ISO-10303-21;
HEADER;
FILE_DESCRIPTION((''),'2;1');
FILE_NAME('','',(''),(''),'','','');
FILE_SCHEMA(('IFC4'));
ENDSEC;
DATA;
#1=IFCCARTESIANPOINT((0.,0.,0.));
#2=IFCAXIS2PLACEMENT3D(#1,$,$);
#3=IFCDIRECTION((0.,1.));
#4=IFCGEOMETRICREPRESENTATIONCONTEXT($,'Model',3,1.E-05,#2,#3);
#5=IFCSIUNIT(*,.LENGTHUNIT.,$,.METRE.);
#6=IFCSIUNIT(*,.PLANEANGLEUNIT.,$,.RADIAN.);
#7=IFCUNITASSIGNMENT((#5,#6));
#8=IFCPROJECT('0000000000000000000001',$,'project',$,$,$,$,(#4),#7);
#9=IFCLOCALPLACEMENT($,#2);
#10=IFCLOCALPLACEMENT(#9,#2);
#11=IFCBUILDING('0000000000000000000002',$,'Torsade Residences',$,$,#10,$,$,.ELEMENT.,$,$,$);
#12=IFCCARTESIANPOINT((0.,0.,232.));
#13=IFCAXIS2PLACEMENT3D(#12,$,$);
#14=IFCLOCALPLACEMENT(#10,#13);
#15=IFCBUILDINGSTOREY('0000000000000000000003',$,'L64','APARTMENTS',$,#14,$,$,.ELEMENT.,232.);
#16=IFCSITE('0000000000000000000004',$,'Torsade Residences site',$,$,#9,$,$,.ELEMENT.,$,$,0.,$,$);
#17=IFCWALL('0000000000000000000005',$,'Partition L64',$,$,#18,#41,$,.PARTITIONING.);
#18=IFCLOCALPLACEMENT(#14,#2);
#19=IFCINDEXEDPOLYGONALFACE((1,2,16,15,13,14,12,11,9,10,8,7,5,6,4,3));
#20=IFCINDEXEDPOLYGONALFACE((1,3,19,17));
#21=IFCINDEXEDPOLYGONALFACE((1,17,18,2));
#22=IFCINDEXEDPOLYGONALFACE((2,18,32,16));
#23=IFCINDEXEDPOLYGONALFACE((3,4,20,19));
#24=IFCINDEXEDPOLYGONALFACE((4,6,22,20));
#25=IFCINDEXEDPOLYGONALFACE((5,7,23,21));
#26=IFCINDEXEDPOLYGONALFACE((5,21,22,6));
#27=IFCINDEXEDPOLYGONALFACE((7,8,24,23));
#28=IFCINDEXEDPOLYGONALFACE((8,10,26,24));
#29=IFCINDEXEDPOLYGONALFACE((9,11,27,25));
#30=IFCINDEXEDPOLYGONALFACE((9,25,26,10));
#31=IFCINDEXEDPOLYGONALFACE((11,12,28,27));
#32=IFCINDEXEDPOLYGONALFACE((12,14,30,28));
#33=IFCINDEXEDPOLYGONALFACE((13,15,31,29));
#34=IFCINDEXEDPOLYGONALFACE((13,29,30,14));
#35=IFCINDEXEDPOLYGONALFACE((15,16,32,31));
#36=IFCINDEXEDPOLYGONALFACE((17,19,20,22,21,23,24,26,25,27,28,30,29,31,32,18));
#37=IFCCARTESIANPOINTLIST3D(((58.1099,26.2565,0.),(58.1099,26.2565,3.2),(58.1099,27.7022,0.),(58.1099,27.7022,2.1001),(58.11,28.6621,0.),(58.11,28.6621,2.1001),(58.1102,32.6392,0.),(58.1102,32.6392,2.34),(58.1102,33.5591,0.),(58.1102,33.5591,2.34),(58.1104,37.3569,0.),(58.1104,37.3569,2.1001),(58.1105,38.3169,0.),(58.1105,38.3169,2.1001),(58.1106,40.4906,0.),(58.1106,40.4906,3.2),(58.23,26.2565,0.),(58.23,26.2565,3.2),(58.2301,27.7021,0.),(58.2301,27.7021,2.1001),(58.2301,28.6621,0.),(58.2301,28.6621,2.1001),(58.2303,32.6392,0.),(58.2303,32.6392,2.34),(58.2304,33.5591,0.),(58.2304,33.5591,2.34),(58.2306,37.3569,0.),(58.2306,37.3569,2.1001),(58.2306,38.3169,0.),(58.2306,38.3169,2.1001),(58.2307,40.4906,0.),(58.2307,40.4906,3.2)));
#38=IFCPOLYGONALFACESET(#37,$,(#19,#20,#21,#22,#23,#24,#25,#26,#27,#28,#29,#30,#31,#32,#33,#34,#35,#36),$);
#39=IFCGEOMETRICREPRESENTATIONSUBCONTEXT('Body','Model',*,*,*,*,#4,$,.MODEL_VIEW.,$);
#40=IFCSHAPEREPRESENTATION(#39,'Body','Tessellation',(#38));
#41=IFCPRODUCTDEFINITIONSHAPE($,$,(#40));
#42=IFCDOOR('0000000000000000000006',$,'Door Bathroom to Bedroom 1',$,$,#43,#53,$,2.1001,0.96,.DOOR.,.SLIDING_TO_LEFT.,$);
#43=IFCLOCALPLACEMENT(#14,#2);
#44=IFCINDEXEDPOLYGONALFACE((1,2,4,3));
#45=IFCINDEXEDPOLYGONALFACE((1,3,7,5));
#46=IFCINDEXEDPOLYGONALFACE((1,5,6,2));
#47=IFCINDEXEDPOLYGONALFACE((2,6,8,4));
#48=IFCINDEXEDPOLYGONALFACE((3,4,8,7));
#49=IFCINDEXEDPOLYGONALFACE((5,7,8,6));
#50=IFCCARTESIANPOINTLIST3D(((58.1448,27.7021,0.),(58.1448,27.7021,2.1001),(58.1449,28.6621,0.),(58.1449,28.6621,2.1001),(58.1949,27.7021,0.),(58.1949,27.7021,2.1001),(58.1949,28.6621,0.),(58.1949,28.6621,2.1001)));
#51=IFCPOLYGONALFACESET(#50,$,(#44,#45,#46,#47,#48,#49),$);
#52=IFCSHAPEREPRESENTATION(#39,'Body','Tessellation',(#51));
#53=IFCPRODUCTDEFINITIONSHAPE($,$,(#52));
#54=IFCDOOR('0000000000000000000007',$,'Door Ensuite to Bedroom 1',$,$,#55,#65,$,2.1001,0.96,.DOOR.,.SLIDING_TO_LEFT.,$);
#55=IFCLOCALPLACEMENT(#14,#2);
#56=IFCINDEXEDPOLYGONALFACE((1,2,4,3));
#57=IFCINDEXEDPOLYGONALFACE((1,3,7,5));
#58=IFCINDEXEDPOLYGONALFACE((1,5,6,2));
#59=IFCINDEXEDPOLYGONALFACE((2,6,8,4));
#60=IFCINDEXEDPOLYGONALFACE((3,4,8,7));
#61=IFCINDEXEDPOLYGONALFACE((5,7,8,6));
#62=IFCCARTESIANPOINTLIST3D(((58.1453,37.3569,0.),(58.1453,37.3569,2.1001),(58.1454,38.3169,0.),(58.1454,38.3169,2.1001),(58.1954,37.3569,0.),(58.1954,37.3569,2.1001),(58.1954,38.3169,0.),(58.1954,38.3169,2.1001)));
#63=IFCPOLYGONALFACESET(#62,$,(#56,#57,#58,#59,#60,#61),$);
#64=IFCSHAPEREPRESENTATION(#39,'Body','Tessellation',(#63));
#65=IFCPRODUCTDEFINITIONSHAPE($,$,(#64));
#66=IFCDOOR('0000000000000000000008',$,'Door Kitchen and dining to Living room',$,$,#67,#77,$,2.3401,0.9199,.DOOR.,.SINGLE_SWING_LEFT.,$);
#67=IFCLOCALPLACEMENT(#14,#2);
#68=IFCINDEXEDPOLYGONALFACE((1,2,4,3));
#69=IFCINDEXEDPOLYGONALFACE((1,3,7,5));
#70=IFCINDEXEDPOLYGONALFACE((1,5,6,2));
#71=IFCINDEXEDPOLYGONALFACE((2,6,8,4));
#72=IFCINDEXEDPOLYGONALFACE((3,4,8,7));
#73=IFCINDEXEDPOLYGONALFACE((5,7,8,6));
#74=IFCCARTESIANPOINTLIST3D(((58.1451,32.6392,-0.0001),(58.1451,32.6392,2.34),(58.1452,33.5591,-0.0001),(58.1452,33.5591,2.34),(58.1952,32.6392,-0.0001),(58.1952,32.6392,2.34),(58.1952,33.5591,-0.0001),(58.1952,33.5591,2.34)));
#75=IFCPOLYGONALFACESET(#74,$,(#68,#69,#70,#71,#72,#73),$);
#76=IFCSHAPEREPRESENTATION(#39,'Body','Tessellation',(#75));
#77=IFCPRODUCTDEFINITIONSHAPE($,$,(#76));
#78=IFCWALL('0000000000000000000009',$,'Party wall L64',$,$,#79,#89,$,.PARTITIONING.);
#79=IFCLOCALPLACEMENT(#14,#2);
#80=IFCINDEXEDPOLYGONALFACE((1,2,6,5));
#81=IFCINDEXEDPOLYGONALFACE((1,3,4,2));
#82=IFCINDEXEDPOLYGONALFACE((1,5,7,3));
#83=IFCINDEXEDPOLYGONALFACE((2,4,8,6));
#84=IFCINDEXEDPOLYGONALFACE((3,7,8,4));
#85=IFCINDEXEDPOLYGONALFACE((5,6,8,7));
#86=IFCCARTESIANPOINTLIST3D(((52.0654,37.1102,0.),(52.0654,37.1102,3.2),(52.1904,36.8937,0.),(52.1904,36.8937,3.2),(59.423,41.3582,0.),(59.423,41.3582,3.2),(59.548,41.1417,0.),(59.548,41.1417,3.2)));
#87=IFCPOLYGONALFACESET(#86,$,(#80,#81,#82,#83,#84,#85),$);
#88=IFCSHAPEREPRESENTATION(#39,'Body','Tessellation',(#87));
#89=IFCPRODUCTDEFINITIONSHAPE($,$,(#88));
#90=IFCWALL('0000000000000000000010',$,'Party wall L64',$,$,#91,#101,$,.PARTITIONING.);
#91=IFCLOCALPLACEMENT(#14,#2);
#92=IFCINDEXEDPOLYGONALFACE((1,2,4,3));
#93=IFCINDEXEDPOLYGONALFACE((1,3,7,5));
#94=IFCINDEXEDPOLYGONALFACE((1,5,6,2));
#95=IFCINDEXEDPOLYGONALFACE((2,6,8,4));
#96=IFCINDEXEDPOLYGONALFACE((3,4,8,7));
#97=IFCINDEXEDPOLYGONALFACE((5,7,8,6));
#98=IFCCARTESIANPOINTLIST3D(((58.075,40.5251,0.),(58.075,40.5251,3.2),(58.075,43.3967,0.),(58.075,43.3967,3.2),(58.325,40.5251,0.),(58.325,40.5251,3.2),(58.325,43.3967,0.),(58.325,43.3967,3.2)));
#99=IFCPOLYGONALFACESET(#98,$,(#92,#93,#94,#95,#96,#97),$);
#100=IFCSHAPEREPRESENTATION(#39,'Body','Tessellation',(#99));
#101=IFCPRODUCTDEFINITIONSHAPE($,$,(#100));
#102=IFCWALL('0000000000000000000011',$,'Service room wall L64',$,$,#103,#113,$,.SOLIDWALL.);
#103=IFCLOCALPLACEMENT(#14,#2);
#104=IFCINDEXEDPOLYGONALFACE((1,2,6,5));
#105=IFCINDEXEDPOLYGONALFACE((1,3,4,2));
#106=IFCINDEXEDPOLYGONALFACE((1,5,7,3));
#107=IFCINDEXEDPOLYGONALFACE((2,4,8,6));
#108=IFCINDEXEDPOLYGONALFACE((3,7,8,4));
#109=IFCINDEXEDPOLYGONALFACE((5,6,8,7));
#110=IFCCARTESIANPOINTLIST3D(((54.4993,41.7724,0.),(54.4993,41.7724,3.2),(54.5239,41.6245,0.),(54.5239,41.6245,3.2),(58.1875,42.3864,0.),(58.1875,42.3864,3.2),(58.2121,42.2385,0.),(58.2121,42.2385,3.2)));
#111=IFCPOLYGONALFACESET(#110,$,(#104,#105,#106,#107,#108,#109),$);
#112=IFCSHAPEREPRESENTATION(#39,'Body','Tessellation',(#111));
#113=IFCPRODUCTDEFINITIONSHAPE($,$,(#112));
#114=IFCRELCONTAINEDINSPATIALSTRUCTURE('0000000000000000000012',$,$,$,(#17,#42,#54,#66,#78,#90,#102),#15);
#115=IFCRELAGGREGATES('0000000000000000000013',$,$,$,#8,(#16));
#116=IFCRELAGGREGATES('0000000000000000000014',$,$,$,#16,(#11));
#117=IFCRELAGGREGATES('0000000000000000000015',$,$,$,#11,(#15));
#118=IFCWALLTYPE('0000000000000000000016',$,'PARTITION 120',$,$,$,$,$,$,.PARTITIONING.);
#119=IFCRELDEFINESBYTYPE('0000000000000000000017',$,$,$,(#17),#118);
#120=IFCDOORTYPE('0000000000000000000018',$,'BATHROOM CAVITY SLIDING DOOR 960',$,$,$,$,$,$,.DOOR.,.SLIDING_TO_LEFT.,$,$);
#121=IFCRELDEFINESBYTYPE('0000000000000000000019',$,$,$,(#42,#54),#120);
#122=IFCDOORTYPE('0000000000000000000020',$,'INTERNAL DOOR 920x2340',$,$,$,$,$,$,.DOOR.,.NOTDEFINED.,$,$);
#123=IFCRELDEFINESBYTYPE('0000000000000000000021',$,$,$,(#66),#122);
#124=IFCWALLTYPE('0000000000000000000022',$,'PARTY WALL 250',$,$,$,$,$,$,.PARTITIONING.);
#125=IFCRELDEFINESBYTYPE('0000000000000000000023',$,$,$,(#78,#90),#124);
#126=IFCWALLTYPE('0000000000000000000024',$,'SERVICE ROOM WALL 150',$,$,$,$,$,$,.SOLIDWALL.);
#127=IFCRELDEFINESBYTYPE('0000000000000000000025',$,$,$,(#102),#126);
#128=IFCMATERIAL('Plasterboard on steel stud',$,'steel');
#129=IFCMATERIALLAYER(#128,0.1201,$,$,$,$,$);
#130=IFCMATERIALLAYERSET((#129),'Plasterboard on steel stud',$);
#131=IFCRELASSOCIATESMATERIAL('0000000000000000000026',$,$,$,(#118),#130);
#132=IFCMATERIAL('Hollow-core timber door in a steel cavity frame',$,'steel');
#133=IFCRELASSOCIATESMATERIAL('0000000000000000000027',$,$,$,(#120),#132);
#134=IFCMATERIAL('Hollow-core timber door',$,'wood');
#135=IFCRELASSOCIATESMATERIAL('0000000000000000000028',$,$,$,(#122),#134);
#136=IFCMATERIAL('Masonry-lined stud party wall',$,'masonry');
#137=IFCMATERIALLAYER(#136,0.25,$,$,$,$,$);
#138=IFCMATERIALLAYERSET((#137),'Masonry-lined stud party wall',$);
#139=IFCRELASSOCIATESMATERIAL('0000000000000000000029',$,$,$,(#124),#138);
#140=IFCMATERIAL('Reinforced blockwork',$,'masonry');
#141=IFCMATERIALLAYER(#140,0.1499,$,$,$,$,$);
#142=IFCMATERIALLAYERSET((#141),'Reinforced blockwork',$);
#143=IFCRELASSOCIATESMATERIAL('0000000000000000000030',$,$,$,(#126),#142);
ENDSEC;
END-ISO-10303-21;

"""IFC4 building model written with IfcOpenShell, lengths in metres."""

from ifc_helpers import new_model, si_unit, direction, frame, frame_2d, origin, place, context, subcontext, project, spatial, rectangle, extrude, material, layer, layer_set, type_object, element, fill, save


model = new_model("IFC4")

# Units and contexts
model_context = context("Model", 3, precision=1e-05, world=origin(), true_north=direction((0.0, 1.0)))
body_context = subcontext(model_context, "Body", "Model", "MODEL_VIEW")
ifc_project = project(units=[si_unit("LENGTHUNIT", "METRE"), si_unit("PLANEANGLEUNIT", "RADIAN")], contexts=[model_context])

# Site, building, storey
site_placement = place(None, origin())
site = spatial("IfcSite", under=ifc_project, at=site_placement, Name="Torsade Residences site", CompositionType="ELEMENT", RefElevation=0.0)
building_placement = place(site_placement, origin())
building = spatial("IfcBuilding", under=site, at=building_placement, Name="Torsade Residences", CompositionType="ELEMENT")
storey_placement = place(building_placement, frame((0.0, 0.0, 232.0)))
storey = spatial("IfcBuildingStorey", under=building, at=storey_placement, Name="L64", Description="APARTMENTS", CompositionType="ELEMENT", Elevation=232.0)

# Wall, openings, doors
ifc_material_1 = material(Name="Plasterboard on steel stud", Category="steel")
ifc_layer_1 = layer(ifc_material_1, 0.1201)
ifc_layer_set_1 = layer_set([ifc_layer_1], Name="Plasterboard on steel stud")
wall_type_1 = type_object("IfcWallType", Name="PARTITION 120", PredefinedType="PARTITIONING", material=ifc_layer_set_1)
wall_1_placement = place(storey_placement, frame((58.1707, 40.4907, 0.0), z_axis=(0.0, 0.0, 1.0), x_axis=(-0.000051, -1.0, 0.0)))
wall_1 = element("IfcWall", 1, at=wall_1_placement, inside=storey, type_object=wall_type_1, Name="Partition L64", PredefinedType="PARTITIONING", context=body_context, shape_type="SweptSolid", body=[
    extrude(rectangle(XDim=14.2341, YDim=0.1201, at=frame_2d((7.1172, 0.0))), origin(), (0.0, 0.0, 1.0), 3.2),
])
opening_1_placement = place(wall_1_placement, frame((6.9316, 0.0, 0.0)))
opening_1 = element("IfcOpeningElement", 2, at=opening_1_placement, cuts=wall_1, PredefinedType="OPENING", context=body_context, shape_type="SweptSolid", body=[
    extrude(rectangle(XDim=0.9199, YDim=2.3401, at=frame_2d((0.46, 1.1699))), frame((0.0, 0.0701, 0.0), z_axis=(0.0, -1.0, 0.0), x_axis=(1.0, 0.0, 0.0)), (0.0, 0.0, 1.0), 0.1401),
])
opening_2_placement = place(wall_1_placement, frame((11.8286, 0.0, 0.0)))
opening_2 = element("IfcOpeningElement", 3, at=opening_2_placement, cuts=wall_1, PredefinedType="OPENING", context=body_context, shape_type="SweptSolid", body=[
    extrude(rectangle(XDim=0.96, YDim=2.1001, at=frame_2d((0.48, 1.05))), frame((0.0, 0.0701, 0.0), z_axis=(0.0, -1.0, 0.0), x_axis=(1.0, 0.0, 0.0)), (0.0, 0.0, 1.0), 0.1401),
])
opening_3_placement = place(wall_1_placement, frame((2.1738, 0.0, 0.0)))
opening_3 = element("IfcOpeningElement", 4, at=opening_3_placement, cuts=wall_1, PredefinedType="OPENING", context=body_context, shape_type="SweptSolid", body=[
    extrude(rectangle(XDim=0.96, YDim=2.1001, at=frame_2d((0.48, 1.05))), frame((0.0, 0.0701, 0.0), z_axis=(0.0, -1.0, 0.0), x_axis=(1.0, 0.0, 0.0)), (0.0, 0.0, 1.0), 0.1401),
])
ifc_material_2 = material(Name="Hollow-core timber door in a steel cavity frame", Category="steel")
door_type_1 = type_object("IfcDoorType", Name="BATHROOM CAVITY SLIDING DOOR 960", OperationType="SLIDING_TO_LEFT", PredefinedType="DOOR", material=ifc_material_2)
door_1_placement = place(opening_2_placement, origin())
door_1 = element("IfcDoor", 5, at=door_1_placement, inside=storey, type_object=door_type_1, Name="Door Bathroom to Bedroom 1", OperationType="SLIDING_TO_LEFT", OverallHeight=2.1001, OverallWidth=0.96, PredefinedType="DOOR", context=body_context, shape_type="SweptSolid", body=[
    extrude(rectangle(XDim=0.96, YDim=2.1001, at=frame_2d((0.48, 1.05))), frame((0.0, 0.0249, 0.0), z_axis=(0.0, -1.0, 0.0), x_axis=(1.0, 0.0, 0.0)), (0.0, 0.0, 1.0), 0.05),
])
fill(opening_2, door_1)
door_2_placement = place(opening_3_placement, origin())
door_2 = element("IfcDoor", 6, at=door_2_placement, inside=storey, type_object=door_type_1, Name="Door Ensuite to Bedroom 1", OperationType="SLIDING_TO_LEFT", OverallHeight=2.1001, OverallWidth=0.96, PredefinedType="DOOR", context=body_context, shape_type="SweptSolid", body=[
    extrude(rectangle(XDim=0.96, YDim=2.1001, at=frame_2d((0.48, 1.05))), frame((0.0, 0.0249, 0.0), z_axis=(0.0, -1.0, 0.0), x_axis=(1.0, 0.0, 0.0)), (0.0, 0.0, 1.0), 0.05),
])
fill(opening_3, door_2)
ifc_material_3 = material(Name="Hollow-core timber door", Category="wood")
door_type_2 = type_object("IfcDoorType", Name="INTERNAL DOOR 920x2340", OperationType="NOTDEFINED", PredefinedType="DOOR", material=ifc_material_3)
door_3_placement = place(opening_1_placement, origin())
door_3 = element("IfcDoor", 7, at=door_3_placement, inside=storey, type_object=door_type_2, Name="Door Kitchen and dining to Living room", OperationType="SINGLE_SWING_LEFT", OverallHeight=2.3401, OverallWidth=0.9199, PredefinedType="DOOR", context=body_context, shape_type="SweptSolid", body=[
    extrude(rectangle(XDim=0.9199, YDim=2.3401, at=frame_2d((0.46, 1.1699))), frame((0.0, 0.0249, 0.0), z_axis=(0.0, -1.0, 0.0), x_axis=(1.0, 0.0, 0.0)), (0.0, 0.0, 1.0), 0.05),
])
fill(opening_1, door_3)

# Walls
ifc_material_4 = material(Name="Masonry-lined stud party wall", Category="masonry")
ifc_layer_2 = layer(ifc_material_4, 0.25)
ifc_layer_set_2 = layer_set([ifc_layer_2], Name="Masonry-lined stud party wall")
wall_type_2 = type_object("IfcWallType", Name="PARTY WALL 250", PredefinedType="PARTITIONING", material=ifc_layer_set_2)
wall_2_placement = place(storey_placement, frame((59.4856, 41.25, 0.0), z_axis=(0.0, 0.0, 1.0), x_axis=(-0.86602, -0.500009, 0.0)))
element("IfcWall", 8, at=wall_2_placement, inside=storey, type_object=wall_type_2, Name="Party wall L64", PredefinedType="PARTITIONING", context=body_context, shape_type="SweptSolid", body=[
    extrude(rectangle(XDim=8.4958, YDim=0.25, at=frame_2d((4.248, 0.0))), origin(), (0.0, 0.0, 1.0), 3.2),
])
wall_3_placement = place(storey_placement, frame((58.2, 40.5251, 0.0), z_axis=(0.0, 0.0, 1.0), x_axis=(0.0, 1.0, 0.0)))
element("IfcWall", 9, at=wall_3_placement, inside=storey, type_object=wall_type_2, Name="Party wall L64", PredefinedType="PARTITIONING", context=body_context, shape_type="SweptSolid", body=[
    extrude(rectangle(XDim=2.8716, YDim=0.25, at=frame_2d((1.4358, 0.0))), origin(), (0.0, 0.0, 1.0), 3.2),
])
ifc_material_5 = material(Name="Reinforced blockwork", Category="masonry")
ifc_layer_3 = layer(ifc_material_5, 0.1499)
ifc_layer_set_3 = layer_set([ifc_layer_3], Name="Reinforced blockwork")
wall_type_3 = type_object("IfcWallType", Name="SERVICE ROOM WALL 150", PredefinedType="SOLIDWALL", material=ifc_layer_set_3)
wall_4_placement = place(storey_placement, frame((58.2, 42.3125, 0.0), z_axis=(0.0, 0.0, 1.0), x_axis=(-0.986424, -0.164219, 0.0)))
element("IfcWall", 10, at=wall_4_placement, inside=storey, type_object=wall_type_3, Name="Service room wall L64", PredefinedType="SOLIDWALL", context=body_context, shape_type="SweptSolid", body=[
    extrude(rectangle(XDim=3.739, YDim=0.1499, at=frame_2d((1.8696, 0.0))), origin(), (0.0, 0.0, 1.0), 3.2),
])

save(model, "model.ifc")
